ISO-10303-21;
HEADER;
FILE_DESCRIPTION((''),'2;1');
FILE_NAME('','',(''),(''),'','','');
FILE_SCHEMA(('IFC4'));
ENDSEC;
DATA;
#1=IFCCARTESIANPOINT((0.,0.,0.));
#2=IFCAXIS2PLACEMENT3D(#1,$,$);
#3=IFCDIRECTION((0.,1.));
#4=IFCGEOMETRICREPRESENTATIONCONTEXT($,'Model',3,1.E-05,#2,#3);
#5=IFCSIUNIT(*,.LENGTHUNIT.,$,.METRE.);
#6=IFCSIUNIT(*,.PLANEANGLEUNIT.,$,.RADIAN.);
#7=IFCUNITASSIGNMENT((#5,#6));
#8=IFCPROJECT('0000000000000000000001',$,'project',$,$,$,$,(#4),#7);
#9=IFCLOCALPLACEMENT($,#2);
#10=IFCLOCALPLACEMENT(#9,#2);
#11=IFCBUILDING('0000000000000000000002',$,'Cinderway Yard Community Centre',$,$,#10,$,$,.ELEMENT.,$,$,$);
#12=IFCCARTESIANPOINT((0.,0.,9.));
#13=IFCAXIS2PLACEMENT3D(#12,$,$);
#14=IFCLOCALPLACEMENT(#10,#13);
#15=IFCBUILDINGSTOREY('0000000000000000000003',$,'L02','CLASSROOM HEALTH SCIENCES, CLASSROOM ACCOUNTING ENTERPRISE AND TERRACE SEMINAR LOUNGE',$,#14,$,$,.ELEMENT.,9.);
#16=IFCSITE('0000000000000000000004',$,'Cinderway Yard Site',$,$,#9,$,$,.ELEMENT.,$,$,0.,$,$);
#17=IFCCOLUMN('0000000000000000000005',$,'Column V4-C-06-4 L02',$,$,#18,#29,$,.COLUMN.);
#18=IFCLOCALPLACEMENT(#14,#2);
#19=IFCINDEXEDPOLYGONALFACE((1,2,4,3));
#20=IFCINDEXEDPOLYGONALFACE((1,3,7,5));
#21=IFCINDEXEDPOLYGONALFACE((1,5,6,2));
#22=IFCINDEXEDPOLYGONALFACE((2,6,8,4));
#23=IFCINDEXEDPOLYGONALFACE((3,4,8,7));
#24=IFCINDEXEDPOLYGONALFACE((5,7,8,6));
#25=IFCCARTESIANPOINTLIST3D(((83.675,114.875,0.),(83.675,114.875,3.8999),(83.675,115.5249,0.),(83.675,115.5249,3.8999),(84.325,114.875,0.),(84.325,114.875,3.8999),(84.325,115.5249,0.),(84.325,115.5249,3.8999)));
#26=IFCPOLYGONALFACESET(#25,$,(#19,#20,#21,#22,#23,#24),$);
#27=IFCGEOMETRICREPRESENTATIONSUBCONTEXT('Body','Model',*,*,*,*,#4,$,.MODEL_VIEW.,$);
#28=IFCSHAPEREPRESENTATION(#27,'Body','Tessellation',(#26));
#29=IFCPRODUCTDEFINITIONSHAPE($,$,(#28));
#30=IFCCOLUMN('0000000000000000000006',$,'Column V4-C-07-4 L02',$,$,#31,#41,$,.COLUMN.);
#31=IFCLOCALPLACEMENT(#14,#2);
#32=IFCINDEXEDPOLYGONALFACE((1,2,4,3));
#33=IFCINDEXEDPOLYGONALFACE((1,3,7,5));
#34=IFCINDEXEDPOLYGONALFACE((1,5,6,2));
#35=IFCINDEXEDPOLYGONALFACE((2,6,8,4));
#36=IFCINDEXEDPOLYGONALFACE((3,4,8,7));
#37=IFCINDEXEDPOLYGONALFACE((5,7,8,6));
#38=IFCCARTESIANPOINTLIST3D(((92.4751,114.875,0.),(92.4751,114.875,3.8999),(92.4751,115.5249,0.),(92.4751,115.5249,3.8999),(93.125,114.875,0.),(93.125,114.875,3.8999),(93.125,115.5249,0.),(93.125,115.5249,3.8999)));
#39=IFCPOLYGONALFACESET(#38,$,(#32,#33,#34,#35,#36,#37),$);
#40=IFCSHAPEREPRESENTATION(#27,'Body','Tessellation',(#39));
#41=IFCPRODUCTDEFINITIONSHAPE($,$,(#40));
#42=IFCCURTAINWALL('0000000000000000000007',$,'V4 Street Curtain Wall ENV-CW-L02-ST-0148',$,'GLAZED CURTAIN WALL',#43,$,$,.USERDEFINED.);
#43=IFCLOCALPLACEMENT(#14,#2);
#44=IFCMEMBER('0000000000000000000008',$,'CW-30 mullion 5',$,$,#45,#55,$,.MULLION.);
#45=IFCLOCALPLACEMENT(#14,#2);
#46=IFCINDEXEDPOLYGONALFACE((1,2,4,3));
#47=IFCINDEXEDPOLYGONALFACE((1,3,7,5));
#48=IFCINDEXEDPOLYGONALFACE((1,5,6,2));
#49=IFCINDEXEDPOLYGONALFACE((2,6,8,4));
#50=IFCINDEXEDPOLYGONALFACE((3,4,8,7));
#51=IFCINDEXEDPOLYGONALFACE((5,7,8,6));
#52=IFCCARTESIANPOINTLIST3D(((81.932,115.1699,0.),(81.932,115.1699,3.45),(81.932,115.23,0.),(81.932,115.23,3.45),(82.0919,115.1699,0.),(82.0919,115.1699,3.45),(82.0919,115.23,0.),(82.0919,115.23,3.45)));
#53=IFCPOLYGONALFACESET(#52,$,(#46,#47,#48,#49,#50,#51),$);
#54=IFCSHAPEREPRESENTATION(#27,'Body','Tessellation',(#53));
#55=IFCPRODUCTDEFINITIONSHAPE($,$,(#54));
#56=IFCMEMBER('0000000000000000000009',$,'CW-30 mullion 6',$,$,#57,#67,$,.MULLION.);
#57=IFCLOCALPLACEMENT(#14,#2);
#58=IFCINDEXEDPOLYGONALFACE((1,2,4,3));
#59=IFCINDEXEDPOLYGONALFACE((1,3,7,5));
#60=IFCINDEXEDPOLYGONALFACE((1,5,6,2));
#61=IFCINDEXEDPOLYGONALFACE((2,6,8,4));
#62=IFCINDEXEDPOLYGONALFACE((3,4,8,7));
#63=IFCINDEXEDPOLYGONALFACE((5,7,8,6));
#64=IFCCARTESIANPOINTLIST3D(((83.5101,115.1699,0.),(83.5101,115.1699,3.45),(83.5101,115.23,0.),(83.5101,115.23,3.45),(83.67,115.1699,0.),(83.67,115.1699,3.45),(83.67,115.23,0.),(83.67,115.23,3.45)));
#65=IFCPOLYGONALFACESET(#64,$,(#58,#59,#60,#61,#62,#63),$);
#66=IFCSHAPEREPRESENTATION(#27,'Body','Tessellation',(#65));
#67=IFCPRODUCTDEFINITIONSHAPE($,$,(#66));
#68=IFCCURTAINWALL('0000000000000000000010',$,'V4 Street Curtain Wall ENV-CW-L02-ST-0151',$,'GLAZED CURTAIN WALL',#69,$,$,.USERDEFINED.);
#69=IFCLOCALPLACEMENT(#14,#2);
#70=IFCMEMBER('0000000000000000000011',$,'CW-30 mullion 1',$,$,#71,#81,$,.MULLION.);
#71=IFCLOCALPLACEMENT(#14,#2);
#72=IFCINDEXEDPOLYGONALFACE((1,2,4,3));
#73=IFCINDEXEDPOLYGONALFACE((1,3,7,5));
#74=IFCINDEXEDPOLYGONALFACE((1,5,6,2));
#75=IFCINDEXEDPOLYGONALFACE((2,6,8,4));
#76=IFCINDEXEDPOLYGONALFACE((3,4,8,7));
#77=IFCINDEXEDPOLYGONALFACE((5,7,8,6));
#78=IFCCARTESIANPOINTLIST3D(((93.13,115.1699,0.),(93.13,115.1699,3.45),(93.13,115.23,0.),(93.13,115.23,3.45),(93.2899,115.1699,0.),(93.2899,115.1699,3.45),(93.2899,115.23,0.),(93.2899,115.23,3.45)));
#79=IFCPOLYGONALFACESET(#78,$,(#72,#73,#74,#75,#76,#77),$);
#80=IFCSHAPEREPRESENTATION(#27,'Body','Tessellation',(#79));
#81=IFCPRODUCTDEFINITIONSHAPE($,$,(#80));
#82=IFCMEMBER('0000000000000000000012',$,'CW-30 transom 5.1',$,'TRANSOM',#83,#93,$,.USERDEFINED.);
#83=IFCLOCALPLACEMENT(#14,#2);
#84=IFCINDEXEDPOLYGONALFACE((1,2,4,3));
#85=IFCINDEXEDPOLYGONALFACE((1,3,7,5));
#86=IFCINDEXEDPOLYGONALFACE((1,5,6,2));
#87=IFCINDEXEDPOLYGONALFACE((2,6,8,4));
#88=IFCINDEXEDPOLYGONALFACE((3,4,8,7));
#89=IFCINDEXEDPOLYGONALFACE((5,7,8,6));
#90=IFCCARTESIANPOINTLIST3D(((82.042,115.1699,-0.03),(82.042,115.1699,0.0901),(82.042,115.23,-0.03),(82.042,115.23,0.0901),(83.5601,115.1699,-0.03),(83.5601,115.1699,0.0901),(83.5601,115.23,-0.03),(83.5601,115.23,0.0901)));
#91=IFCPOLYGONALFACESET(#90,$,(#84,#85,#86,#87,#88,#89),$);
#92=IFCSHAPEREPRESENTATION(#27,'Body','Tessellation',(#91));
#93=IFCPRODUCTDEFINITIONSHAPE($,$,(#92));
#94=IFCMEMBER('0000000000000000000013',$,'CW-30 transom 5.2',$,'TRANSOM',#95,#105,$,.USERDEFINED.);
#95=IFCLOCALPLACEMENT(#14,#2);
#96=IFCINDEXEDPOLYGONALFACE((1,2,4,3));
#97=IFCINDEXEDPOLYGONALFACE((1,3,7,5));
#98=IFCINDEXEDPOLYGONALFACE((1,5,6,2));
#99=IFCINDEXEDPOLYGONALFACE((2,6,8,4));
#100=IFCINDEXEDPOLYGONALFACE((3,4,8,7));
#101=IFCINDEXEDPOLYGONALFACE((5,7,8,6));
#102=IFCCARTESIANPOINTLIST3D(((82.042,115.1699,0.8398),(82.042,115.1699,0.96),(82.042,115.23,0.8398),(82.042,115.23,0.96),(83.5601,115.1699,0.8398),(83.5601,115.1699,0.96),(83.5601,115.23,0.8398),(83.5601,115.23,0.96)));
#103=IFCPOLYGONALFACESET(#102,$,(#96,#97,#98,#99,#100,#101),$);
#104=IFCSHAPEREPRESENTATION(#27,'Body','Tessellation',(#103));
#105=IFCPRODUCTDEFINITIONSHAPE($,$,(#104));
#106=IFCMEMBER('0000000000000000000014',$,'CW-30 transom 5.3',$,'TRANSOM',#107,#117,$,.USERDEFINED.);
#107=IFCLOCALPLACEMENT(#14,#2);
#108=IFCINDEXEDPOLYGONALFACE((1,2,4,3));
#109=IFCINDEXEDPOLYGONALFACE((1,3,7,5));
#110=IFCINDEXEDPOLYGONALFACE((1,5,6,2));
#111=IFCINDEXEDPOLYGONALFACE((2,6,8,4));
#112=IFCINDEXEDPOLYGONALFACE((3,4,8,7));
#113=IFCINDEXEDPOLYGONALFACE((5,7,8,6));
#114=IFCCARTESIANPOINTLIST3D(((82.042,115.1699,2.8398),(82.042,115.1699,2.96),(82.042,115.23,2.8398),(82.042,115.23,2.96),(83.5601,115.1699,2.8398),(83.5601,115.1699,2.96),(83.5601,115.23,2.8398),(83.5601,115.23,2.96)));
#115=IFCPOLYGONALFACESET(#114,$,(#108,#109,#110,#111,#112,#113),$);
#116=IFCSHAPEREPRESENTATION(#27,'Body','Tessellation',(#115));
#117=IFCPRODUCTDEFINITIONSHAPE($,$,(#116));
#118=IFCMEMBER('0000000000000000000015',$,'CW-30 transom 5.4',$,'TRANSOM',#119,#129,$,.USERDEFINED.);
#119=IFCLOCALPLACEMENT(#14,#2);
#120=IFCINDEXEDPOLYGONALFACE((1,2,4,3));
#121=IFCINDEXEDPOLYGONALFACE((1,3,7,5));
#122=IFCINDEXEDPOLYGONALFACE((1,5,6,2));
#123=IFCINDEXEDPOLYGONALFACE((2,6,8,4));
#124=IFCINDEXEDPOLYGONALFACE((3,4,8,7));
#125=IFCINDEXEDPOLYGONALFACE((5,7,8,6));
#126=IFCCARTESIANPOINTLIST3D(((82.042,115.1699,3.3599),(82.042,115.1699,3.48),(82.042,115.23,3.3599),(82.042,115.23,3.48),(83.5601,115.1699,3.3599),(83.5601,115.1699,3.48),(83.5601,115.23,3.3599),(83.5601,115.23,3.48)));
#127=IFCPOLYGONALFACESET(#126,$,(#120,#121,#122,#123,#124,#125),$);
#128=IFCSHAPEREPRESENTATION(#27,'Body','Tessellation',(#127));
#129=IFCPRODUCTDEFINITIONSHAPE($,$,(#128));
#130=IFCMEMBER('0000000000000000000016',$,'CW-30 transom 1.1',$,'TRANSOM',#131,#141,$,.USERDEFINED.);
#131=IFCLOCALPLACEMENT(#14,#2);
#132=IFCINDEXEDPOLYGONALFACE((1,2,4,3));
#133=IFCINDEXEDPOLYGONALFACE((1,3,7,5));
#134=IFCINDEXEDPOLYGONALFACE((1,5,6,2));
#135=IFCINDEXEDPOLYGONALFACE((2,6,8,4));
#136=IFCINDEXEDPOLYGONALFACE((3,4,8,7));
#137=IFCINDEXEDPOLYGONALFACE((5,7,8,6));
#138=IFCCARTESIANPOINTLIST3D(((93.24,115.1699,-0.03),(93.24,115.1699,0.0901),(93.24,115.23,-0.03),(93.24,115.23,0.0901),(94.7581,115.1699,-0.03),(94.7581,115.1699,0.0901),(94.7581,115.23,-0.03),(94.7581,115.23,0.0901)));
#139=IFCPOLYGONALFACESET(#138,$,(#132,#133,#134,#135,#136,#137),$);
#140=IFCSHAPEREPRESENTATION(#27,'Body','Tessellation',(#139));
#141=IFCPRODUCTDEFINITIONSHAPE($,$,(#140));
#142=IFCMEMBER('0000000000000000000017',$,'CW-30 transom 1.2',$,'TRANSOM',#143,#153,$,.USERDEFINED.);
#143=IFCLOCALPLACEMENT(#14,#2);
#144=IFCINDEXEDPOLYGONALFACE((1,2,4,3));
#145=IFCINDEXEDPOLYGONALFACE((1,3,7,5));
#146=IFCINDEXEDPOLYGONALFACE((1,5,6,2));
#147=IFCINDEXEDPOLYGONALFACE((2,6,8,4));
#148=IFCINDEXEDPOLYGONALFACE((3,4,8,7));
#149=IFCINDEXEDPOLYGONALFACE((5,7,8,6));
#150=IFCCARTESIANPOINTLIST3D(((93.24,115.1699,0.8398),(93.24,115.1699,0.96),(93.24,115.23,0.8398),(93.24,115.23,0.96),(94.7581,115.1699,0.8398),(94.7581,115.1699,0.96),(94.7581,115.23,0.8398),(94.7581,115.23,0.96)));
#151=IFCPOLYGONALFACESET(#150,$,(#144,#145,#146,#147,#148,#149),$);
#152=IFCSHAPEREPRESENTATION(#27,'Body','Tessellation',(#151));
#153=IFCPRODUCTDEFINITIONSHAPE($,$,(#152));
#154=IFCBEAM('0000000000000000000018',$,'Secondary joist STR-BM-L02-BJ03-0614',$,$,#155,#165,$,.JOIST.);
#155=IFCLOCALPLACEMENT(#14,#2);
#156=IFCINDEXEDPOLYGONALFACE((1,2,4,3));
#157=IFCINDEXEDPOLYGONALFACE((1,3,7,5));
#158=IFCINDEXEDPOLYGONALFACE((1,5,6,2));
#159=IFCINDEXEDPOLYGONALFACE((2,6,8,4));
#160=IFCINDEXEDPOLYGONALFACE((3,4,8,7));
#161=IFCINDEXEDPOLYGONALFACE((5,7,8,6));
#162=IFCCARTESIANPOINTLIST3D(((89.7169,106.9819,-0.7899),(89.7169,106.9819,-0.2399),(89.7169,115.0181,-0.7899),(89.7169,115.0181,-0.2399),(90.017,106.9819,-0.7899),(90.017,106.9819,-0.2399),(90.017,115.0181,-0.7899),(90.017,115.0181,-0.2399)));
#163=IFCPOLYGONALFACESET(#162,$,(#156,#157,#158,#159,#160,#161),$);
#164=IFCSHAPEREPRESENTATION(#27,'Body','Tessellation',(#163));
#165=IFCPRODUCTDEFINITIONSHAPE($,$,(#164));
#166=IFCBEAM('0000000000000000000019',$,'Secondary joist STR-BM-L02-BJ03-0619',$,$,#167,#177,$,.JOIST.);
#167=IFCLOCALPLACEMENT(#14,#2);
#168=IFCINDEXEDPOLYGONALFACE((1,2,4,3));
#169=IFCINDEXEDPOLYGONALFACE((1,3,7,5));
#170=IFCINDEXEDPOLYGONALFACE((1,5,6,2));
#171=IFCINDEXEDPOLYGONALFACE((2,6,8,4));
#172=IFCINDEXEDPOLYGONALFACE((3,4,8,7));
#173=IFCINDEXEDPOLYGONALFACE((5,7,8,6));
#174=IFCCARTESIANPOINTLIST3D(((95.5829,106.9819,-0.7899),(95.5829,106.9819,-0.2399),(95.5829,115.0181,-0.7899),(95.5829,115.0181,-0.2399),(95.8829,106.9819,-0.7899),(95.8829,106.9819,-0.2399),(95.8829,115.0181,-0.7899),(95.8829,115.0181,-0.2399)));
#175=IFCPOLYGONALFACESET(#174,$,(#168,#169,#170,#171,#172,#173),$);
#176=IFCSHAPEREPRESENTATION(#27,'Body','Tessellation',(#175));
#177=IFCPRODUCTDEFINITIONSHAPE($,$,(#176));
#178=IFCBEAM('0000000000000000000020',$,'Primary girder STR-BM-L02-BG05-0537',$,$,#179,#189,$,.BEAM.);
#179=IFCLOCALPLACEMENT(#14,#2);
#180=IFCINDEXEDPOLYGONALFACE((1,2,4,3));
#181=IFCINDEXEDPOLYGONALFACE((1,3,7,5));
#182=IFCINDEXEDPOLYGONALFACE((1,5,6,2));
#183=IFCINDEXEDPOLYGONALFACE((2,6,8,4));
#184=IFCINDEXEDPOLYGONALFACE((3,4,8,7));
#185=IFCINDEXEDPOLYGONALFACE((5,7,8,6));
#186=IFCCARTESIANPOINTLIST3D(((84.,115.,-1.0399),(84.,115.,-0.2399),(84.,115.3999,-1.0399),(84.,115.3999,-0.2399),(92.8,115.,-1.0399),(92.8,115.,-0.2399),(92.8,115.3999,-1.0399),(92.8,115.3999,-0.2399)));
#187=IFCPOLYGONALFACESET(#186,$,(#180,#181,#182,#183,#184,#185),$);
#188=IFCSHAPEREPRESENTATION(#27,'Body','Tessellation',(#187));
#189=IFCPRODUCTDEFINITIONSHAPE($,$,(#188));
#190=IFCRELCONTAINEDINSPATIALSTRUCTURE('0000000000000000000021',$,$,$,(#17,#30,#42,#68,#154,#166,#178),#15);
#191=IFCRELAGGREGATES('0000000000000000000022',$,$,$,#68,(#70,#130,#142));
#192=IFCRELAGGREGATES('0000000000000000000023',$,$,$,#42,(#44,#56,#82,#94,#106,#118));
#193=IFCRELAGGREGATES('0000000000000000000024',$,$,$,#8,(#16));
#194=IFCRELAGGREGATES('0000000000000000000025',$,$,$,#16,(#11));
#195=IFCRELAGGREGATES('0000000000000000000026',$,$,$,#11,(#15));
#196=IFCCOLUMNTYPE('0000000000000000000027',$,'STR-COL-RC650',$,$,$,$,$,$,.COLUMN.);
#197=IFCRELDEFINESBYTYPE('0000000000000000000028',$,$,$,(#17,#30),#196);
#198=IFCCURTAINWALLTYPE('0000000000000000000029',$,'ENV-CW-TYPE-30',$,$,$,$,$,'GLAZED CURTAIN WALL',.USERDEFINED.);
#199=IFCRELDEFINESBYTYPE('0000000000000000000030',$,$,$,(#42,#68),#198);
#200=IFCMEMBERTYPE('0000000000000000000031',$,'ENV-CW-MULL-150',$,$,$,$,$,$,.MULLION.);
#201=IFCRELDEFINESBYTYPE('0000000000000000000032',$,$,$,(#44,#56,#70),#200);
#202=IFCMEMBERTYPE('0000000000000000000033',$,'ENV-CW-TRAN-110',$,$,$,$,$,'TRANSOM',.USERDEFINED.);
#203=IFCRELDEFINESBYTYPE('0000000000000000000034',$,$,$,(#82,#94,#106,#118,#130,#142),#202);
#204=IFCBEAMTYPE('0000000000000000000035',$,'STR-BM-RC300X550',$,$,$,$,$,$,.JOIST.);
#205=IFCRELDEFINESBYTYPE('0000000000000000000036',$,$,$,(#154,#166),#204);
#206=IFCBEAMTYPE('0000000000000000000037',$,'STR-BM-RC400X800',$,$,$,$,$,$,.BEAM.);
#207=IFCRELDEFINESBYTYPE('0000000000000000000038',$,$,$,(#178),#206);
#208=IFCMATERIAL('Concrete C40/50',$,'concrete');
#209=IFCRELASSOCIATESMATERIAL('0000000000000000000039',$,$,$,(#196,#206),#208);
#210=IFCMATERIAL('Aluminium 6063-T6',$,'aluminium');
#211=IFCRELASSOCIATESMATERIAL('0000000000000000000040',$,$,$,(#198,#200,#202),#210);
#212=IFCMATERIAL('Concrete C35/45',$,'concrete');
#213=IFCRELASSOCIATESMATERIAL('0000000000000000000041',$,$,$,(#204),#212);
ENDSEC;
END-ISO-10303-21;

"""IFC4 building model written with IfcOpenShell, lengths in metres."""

from ifc_helpers import new_model, si_unit, direction, frame, origin, origin_2d, place, context, subcontext, project, spatial, rectangle, extrude, material, material_profile, profile_set, type_object, element, aggregate, save


model = new_model("IFC4")

# Units and contexts
model_context = context("Model", 3, precision=1e-05, world=origin(), true_north=direction((0.0, 1.0)))
body_context = subcontext(model_context, "Body", "Model", "MODEL_VIEW")
ifc_project = project(units=[si_unit("LENGTHUNIT", "METRE"), si_unit("PLANEANGLEUNIT", "RADIAN")], contexts=[model_context])

# Site, building, storey
site_placement = place(None, origin())
site = spatial("IfcSite", under=ifc_project, at=site_placement, Name="Cinderway Yard Site", CompositionType="ELEMENT", RefElevation=0.0)
building_placement = place(site_placement, origin())
building = spatial("IfcBuilding", under=site, at=building_placement, Name="Cinderway Yard Community Centre", CompositionType="ELEMENT")
storey_placement = place(building_placement, frame((0.0, 0.0, 9.0)))
storey = spatial("IfcBuildingStorey", under=building, at=storey_placement, Name="L02", Description="CLASSROOM HEALTH SCIENCES, CLASSROOM ACCOUNTING ENTERPRISE AND TERRACE SEMINAR LOUNGE", CompositionType="ELEMENT", Elevation=9.0)

# Columns
ifc_material_1 = material(Name="Concrete C40/50", Category="concrete")
ifc_material_profile_1 = material_profile(ifc_material_1, rectangle(XDim=0.6499, YDim=0.6499, at=origin_2d()), Name="Concrete C40/50")
ifc_profile_set_1 = profile_set([ifc_material_profile_1], Name="Concrete C40/50")
column_type = type_object("IfcColumnType", Name="STR-COL-RC650", PredefinedType="COLUMN", material=ifc_profile_set_1)
for number, where, z_axis, x_axis, name in (
    (1, (84.0, 115.2, 0.0), (0.0, 0.0, 1.0), (1.0, 0.0, 0.0), "Column V4-C-06-4 L02"),
    (2, (92.8, 115.2, 0.0), (0.0, 0.0, 1.0), (1.0, 0.0, 0.0), "Column V4-C-07-4 L02"),
):
    element("IfcColumn", number, at=place(storey_placement, frame(where, z_axis=z_axis, x_axis=x_axis)), inside=storey, type_object=column_type, Name=name, PredefinedType="COLUMN", context=body_context, shape_type="SweptSolid", body=[
        extrude(rectangle(XDim=0.6499, YDim=0.6499, at=origin_2d()), origin(), (0.0, 0.0, 1.0), 3.8999),
    ])

# Curtain wall, members
ifc_material_2 = material(Name="Aluminium 6063-T6", Category="aluminium")
curtain_wall_type = type_object("IfcCurtainWallType", Name="ENV-CW-TYPE-30", ElementType="GLAZED CURTAIN WALL", PredefinedType="USERDEFINED", material=ifc_material_2)
curtain_wall_1_placement = place(storey_placement, origin())
curtain_wall_1 = element("IfcCurtainWall", 3, at=curtain_wall_1_placement, inside=storey, type_object=curtain_wall_type, Name="V4 Street Curtain Wall ENV-CW-L02-ST-0148", ObjectType="GLAZED CURTAIN WALL", PredefinedType="USERDEFINED")
ifc_material_profile_2 = material_profile(ifc_material_2, rectangle(XDim=0.0601, YDim=0.1599, at=origin_2d()), Name="Aluminium 6063-T6")
ifc_profile_set_2 = profile_set([ifc_material_profile_2], Name="Aluminium 6063-T6")
member_type_1 = type_object("IfcMemberType", Name="ENV-CW-MULL-150", PredefinedType="MULLION", material=ifc_profile_set_2)
member_1_placement = place(storey_placement, frame((82.012, 115.2, 0.0), z_axis=(0.0, 0.0, 1.0), x_axis=(0.0, 1.0, 0.0)))
member_1 = element("IfcMember", 4, at=member_1_placement, type_object=member_type_1, Name="CW-30 mullion 5", PredefinedType="MULLION", context=body_context, shape_type="SweptSolid", body=[
    extrude(rectangle(XDim=0.0601, YDim=0.1599, at=origin_2d()), origin(), (0.0, 0.0, 1.0), 3.45),
])
member_2_placement = place(storey_placement, frame((83.5901, 115.2, 0.0), z_axis=(0.0, 0.0, 1.0), x_axis=(0.0, 1.0, 0.0)))
member_2 = element("IfcMember", 5, at=member_2_placement, type_object=member_type_1, Name="CW-30 mullion 6", PredefinedType="MULLION", context=body_context, shape_type="SweptSolid", body=[
    extrude(rectangle(XDim=0.0601, YDim=0.1599, at=origin_2d()), origin(), (0.0, 0.0, 1.0), 3.45),
])

# Curtain wall, member
curtain_wall_2_placement = place(storey_placement, origin())
curtain_wall_2 = element("IfcCurtainWall", 6, at=curtain_wall_2_placement, inside=storey, type_object=curtain_wall_type, Name="V4 Street Curtain Wall ENV-CW-L02-ST-0151", ObjectType="GLAZED CURTAIN WALL", PredefinedType="USERDEFINED")
member_3_placement = place(storey_placement, frame((93.21, 115.2, 0.0), z_axis=(0.0, 0.0, 1.0), x_axis=(0.0, 1.0, 0.0)))
member_3 = element("IfcMember", 7, at=member_3_placement, type_object=member_type_1, Name="CW-30 mullion 1", PredefinedType="MULLION", context=body_context, shape_type="SweptSolid", body=[
    extrude(rectangle(XDim=0.0601, YDim=0.1599, at=origin_2d()), origin(), (0.0, 0.0, 1.0), 3.45),
])

# Members
ifc_material_profile_3 = material_profile(ifc_material_2, rectangle(XDim=0.0601, YDim=0.1201, at=origin_2d()), Name="Aluminium 6063-T6")
ifc_profile_set_3 = profile_set([ifc_material_profile_3], Name="Aluminium 6063-T6")
member_type_2 = type_object("IfcMemberType", Name="ENV-CW-TRAN-110", ElementType="TRANSOM", PredefinedType="USERDEFINED", material=ifc_profile_set_3)
member_4_placement = place(storey_placement, frame((82.042, 115.2, 0.03), z_axis=(1.0, 0.0, 0.0), x_axis=(0.0, 1.0, 0.0)))
member_4 = element("IfcMember", 8, at=member_4_placement, type_object=member_type_2, Name="CW-30 transom 5.1", ObjectType="TRANSOM", PredefinedType="USERDEFINED", context=body_context, shape_type="SweptSolid", body=[
    extrude(rectangle(XDim=0.0601, YDim=0.1201, at=origin_2d()), origin(), (0.0, 0.0, 1.0), 1.5181),
])
member_5_placement = place(storey_placement, frame((82.042, 115.2, 0.8999), z_axis=(1.0, 0.0, 0.0), x_axis=(0.0, 1.0, 0.0)))
member_5 = element("IfcMember", 9, at=member_5_placement, type_object=member_type_2, Name="CW-30 transom 5.2", ObjectType="TRANSOM", PredefinedType="USERDEFINED", context=body_context, shape_type="SweptSolid", body=[
    extrude(rectangle(XDim=0.0601, YDim=0.1201, at=origin_2d()), origin(), (0.0, 0.0, 1.0), 1.5181),
])
member_6_placement = place(storey_placement, frame((82.042, 115.2, 2.8999), z_axis=(1.0, 0.0, 0.0), x_axis=(0.0, 1.0, 0.0)))
member_6 = element("IfcMember", 10, at=member_6_placement, type_object=member_type_2, Name="CW-30 transom 5.3", ObjectType="TRANSOM", PredefinedType="USERDEFINED", context=body_context, shape_type="SweptSolid", body=[
    extrude(rectangle(XDim=0.0601, YDim=0.1201, at=origin_2d()), origin(), (0.0, 0.0, 1.0), 1.5181),
])
member_7_placement = place(storey_placement, frame((82.042, 115.2, 3.4199), z_axis=(1.0, 0.0, 0.0), x_axis=(0.0, 1.0, 0.0)))
member_7 = element("IfcMember", 11, at=member_7_placement, type_object=member_type_2, Name="CW-30 transom 5.4", ObjectType="TRANSOM", PredefinedType="USERDEFINED", context=body_context, shape_type="SweptSolid", body=[
    extrude(rectangle(XDim=0.0601, YDim=0.1201, at=origin_2d()), origin(), (0.0, 0.0, 1.0), 1.5181),
])
member_8_placement = place(storey_placement, frame((93.24, 115.2, 0.03), z_axis=(1.0, 0.0, 0.0), x_axis=(0.0, 1.0, 0.0)))
member_8 = element("IfcMember", 12, at=member_8_placement, type_object=member_type_2, Name="CW-30 transom 1.1", ObjectType="TRANSOM", PredefinedType="USERDEFINED", context=body_context, shape_type="SweptSolid", body=[
    extrude(rectangle(XDim=0.0601, YDim=0.1201, at=origin_2d()), origin(), (0.0, 0.0, 1.0), 1.5181),
])
member_9_placement = place(storey_placement, frame((93.24, 115.2, 0.8999), z_axis=(1.0, 0.0, 0.0), x_axis=(0.0, 1.0, 0.0)))
member_9 = element("IfcMember", 13, at=member_9_placement, type_object=member_type_2, Name="CW-30 transom 1.2", ObjectType="TRANSOM", PredefinedType="USERDEFINED", context=body_context, shape_type="SweptSolid", body=[
    extrude(rectangle(XDim=0.0601, YDim=0.1201, at=origin_2d()), origin(), (0.0, 0.0, 1.0), 1.5181),
])
aggregate(curtain_wall_2, [member_3, member_8, member_9])

# Beams
ifc_material_3 = material(Name="Concrete C35/45", Category="concrete")
ifc_material_profile_4 = material_profile(ifc_material_3, rectangle(XDim=0.3, YDim=0.55, at=origin_2d()), Name="Concrete C35/45")
ifc_profile_set_4 = profile_set([ifc_material_profile_4], Name="Concrete C35/45")
beam_type_1 = type_object("IfcBeamType", Name="STR-BM-RC300X550", PredefinedType="JOIST", material=ifc_profile_set_4)
for number, where, z_axis, x_axis, name in (
    (14, (89.8669, 106.9819, -0.5149), (0.0, 1.0, 0.0), (-1.0, 0.0, 0.0), "Secondary joist STR-BM-L02-BJ03-0614"),
    (15, (95.7329, 106.9819, -0.5149), (0.0, 1.0, 0.0), (-1.0, 0.0, 0.0), "Secondary joist STR-BM-L02-BJ03-0619"),
):
    element("IfcBeam", number, at=place(storey_placement, frame(where, z_axis=z_axis, x_axis=x_axis)), inside=storey, type_object=beam_type_1, Name=name, PredefinedType="JOIST", context=body_context, shape_type="SweptSolid", body=[
        extrude(rectangle(XDim=0.3, YDim=0.55, at=origin_2d()), origin(), (0.0, 0.0, 1.0), 8.0361),
    ])
ifc_material_profile_5 = material_profile(ifc_material_1, rectangle(XDim=0.3999, YDim=0.8, at=origin_2d()), Name="Concrete C40/50")
ifc_profile_set_5 = profile_set([ifc_material_profile_5], Name="Concrete C40/50")
beam_type_2 = type_object("IfcBeamType", Name="STR-BM-RC400X800", PredefinedType="BEAM", material=ifc_profile_set_5)
for number, where, z_axis, x_axis, name in (
    (16, (84.0, 115.2, -0.6399), (1.0, 0.0, 0.0), (0.0, 1.0, 0.0), "Primary girder STR-BM-L02-BG05-0537"),
):
    element("IfcBeam", number, at=place(storey_placement, frame(where, z_axis=z_axis, x_axis=x_axis)), inside=storey, type_object=beam_type_2, Name=name, PredefinedType="BEAM", context=body_context, shape_type="SweptSolid", body=[
        extrude(rectangle(XDim=0.3999, YDim=0.8, at=origin_2d()), origin(), (0.0, 0.0, 1.0), 8.8),
    ])

aggregate(curtain_wall_1, [member_1, member_2, member_4, member_5, member_6, member_7])

save(model, "model.ifc")
